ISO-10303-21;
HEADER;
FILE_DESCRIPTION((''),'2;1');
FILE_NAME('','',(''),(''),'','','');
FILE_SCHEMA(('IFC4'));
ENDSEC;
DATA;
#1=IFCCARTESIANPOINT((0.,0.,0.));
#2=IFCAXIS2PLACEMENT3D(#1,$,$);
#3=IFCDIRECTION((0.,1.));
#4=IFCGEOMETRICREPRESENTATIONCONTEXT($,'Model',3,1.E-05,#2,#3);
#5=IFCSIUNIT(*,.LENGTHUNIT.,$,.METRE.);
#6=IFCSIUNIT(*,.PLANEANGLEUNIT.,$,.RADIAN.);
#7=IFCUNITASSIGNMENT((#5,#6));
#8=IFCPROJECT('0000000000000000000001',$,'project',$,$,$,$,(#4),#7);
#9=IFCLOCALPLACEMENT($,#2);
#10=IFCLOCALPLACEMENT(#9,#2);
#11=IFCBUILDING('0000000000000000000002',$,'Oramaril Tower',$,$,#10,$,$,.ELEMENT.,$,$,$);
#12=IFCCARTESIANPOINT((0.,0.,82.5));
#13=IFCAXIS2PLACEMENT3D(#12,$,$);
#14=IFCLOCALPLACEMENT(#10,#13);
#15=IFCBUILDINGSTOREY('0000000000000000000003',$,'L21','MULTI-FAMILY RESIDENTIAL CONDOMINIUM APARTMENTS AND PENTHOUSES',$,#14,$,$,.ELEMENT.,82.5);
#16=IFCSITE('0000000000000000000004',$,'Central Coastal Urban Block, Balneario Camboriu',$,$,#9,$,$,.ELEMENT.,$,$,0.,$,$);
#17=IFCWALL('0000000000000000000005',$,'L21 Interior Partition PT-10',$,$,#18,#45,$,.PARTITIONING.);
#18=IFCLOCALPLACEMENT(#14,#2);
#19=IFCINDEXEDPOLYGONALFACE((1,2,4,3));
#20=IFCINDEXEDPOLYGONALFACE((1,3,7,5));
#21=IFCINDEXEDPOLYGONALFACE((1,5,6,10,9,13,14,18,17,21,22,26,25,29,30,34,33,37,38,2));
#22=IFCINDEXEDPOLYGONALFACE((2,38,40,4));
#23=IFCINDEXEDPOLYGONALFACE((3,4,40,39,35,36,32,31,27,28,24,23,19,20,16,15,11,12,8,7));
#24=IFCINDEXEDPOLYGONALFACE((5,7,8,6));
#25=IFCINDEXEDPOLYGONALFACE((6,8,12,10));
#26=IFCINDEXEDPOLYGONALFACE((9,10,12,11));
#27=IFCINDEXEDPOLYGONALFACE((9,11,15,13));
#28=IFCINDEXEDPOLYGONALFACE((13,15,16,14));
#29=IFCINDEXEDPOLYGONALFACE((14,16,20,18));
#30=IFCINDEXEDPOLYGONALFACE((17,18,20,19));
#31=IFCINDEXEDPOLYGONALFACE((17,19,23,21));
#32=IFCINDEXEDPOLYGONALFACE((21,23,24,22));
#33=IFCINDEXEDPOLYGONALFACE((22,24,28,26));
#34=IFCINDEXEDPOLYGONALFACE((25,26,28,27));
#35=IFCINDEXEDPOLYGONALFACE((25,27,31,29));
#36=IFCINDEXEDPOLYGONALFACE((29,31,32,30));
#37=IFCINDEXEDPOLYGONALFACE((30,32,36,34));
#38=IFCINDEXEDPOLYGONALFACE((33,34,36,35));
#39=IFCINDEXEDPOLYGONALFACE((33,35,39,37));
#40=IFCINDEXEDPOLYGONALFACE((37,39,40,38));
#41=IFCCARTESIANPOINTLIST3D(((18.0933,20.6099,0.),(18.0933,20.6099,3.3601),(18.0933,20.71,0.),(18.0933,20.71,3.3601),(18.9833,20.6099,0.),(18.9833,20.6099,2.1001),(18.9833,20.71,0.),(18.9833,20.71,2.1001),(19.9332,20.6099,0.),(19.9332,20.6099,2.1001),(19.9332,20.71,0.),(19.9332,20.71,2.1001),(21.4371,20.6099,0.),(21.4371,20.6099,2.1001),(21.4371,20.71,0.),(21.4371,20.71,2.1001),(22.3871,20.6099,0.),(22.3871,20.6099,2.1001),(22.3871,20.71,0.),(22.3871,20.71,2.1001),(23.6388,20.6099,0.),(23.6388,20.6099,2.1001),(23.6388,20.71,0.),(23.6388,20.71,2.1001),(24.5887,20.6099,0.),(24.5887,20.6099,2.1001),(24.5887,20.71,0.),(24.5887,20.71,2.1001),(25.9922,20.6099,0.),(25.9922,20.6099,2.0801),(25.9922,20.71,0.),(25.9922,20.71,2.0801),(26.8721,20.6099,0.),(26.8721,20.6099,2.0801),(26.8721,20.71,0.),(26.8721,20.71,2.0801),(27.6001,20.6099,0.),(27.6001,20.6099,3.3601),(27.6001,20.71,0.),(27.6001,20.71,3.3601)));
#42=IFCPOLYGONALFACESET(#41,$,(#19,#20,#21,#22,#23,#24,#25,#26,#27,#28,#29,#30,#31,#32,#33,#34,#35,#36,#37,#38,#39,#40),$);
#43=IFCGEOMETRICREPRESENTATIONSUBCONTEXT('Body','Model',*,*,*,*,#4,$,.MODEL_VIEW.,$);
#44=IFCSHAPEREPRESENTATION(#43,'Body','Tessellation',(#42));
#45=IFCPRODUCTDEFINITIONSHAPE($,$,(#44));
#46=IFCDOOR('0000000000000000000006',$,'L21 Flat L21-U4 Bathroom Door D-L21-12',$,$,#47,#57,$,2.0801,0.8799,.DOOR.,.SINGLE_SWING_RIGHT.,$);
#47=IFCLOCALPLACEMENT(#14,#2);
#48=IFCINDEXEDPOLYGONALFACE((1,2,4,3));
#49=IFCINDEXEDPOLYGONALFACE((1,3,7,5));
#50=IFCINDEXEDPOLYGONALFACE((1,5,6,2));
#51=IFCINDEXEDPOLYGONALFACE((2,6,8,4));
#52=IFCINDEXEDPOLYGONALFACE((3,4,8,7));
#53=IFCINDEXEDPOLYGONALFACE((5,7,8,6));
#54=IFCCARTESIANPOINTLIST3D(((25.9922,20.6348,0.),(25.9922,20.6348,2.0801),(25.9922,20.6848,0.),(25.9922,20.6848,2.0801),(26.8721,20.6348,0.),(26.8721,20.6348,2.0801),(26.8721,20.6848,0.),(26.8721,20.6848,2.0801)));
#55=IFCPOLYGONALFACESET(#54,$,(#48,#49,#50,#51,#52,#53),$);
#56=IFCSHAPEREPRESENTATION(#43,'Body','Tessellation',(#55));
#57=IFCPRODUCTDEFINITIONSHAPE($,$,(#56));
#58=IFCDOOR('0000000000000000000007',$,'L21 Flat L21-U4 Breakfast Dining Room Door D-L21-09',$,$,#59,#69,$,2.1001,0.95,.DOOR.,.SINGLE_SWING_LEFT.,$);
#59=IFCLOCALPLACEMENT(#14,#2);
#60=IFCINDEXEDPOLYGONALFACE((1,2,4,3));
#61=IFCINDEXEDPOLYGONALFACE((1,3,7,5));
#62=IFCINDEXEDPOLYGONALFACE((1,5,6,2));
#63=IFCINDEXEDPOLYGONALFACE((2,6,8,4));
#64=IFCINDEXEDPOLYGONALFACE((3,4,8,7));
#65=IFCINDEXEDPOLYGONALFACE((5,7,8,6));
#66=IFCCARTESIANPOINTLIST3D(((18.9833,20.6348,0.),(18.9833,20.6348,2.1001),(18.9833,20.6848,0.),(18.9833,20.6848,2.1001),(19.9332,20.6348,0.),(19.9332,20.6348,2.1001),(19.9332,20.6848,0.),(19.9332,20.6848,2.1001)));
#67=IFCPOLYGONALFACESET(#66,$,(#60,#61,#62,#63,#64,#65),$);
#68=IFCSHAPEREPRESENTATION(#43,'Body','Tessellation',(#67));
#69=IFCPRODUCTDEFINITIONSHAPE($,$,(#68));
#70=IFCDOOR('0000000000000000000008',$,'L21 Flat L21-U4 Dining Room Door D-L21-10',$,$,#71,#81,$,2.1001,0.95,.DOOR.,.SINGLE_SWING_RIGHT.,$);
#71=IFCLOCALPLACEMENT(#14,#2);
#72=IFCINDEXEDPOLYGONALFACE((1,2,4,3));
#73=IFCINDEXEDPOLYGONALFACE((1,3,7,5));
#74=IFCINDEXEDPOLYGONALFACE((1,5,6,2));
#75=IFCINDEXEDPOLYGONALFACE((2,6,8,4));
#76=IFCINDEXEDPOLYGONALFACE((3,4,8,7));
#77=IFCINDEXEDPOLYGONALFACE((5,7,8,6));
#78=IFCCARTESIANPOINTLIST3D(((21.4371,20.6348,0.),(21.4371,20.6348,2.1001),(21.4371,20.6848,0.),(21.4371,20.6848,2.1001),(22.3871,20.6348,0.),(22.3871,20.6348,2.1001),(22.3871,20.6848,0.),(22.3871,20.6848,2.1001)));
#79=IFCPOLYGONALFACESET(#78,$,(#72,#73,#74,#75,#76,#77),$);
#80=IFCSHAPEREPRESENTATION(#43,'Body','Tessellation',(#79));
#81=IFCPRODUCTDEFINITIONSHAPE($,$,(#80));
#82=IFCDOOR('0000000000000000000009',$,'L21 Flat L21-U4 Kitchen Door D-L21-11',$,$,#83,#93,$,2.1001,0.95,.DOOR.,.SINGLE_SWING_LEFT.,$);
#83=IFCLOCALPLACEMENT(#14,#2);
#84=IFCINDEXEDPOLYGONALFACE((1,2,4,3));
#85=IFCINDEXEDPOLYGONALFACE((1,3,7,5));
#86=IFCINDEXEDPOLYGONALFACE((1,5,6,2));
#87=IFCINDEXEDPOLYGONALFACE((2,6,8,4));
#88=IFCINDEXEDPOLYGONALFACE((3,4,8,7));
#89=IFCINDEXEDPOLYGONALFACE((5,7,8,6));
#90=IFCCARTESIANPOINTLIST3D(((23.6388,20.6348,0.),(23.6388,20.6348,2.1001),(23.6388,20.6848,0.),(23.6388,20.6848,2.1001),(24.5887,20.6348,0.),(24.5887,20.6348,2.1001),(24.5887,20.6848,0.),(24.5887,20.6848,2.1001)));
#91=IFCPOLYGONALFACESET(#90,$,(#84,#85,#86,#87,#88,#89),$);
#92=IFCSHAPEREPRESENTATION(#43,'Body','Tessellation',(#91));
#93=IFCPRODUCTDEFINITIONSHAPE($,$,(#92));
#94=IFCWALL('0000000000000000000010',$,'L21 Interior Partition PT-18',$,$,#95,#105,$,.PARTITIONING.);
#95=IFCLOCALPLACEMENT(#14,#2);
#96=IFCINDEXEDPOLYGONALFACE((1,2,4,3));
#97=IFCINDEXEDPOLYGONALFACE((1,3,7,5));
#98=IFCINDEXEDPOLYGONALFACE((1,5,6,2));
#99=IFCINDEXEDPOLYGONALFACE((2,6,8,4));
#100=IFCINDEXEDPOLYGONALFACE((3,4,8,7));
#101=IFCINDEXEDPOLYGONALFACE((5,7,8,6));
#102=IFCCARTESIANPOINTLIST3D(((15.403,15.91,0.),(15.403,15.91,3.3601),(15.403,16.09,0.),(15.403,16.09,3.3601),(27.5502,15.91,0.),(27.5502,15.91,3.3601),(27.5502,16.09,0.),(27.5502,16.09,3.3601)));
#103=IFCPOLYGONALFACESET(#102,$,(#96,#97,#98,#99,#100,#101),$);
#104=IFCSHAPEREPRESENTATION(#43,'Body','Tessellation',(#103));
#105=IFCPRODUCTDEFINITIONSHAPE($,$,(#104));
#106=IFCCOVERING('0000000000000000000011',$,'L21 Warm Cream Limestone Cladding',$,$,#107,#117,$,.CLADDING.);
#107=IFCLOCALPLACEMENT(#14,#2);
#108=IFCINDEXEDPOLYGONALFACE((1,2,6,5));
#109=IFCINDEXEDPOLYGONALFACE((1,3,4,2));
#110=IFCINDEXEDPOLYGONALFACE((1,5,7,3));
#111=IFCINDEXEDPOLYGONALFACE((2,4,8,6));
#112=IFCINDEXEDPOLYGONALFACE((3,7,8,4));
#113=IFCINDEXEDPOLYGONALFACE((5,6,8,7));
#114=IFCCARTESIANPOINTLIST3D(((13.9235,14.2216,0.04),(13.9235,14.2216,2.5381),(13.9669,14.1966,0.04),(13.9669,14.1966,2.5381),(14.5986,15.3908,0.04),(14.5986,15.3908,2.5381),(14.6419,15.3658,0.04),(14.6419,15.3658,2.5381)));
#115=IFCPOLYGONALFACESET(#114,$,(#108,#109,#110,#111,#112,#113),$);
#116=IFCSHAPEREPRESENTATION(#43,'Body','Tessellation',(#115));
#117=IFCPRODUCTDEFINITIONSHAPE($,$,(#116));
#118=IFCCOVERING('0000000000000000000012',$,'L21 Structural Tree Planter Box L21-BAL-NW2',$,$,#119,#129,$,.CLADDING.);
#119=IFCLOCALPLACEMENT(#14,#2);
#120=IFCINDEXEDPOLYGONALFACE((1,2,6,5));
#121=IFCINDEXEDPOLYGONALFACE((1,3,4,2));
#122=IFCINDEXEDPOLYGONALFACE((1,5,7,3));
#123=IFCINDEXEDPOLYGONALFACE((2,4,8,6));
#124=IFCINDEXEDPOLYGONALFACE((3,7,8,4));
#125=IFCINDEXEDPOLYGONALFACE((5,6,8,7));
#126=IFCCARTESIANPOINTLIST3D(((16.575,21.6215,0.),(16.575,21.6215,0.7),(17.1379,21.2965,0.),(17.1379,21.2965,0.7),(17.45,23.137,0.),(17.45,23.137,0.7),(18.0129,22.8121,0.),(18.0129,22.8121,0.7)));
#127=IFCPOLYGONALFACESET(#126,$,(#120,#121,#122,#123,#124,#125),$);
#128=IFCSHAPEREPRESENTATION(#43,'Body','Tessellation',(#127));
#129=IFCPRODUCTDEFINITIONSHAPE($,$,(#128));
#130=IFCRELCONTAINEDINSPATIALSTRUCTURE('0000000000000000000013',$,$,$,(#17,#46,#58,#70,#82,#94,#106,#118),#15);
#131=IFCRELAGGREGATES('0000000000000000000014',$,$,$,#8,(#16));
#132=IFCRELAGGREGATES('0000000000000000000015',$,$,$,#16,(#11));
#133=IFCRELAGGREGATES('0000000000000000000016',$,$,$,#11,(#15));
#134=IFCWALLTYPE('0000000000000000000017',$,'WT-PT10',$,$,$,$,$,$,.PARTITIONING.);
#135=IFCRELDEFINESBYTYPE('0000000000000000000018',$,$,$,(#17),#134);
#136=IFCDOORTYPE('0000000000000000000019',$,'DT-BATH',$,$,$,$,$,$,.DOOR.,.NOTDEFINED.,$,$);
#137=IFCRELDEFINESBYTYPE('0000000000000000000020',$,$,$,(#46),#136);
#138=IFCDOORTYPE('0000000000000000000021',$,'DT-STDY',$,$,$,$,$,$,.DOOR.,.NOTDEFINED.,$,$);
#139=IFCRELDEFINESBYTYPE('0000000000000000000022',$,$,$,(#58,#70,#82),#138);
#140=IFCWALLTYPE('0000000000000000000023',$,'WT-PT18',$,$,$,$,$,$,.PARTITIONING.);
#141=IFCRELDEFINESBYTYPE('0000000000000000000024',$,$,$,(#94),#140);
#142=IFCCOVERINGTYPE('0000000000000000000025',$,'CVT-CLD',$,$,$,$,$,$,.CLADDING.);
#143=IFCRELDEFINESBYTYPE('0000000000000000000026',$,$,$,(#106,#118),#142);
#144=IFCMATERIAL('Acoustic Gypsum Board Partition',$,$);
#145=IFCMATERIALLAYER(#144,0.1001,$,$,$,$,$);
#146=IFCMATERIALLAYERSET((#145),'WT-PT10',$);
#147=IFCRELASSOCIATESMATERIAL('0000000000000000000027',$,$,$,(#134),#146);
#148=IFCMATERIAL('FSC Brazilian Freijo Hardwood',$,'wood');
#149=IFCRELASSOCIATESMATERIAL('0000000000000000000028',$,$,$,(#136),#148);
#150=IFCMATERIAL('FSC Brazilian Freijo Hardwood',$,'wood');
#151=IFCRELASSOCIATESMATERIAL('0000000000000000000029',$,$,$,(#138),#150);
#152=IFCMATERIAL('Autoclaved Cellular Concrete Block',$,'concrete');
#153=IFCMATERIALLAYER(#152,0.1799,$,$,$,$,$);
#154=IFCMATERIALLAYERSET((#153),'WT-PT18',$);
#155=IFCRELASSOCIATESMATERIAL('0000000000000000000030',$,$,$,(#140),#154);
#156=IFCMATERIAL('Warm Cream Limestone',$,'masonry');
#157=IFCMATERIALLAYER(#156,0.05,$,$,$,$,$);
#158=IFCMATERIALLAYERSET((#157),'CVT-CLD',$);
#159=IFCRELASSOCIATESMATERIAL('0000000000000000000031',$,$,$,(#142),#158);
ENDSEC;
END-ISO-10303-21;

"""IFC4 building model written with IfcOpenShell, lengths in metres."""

from ifc_helpers import new_model, si_unit, direction, frame, frame_2d, origin, origin_2d, place, context, subcontext, project, spatial, rectangle, extrude, material, layer, layer_set, type_object, element, fill, save


model = new_model("IFC4")

# Units and contexts
model_context = context("Model", 3, precision=1e-05, world=origin(), true_north=direction((0.0, 1.0)))
body_context = subcontext(model_context, "Body", "Model", "MODEL_VIEW")
ifc_project = project(units=[si_unit("LENGTHUNIT", "METRE"), si_unit("PLANEANGLEUNIT", "RADIAN")], contexts=[model_context])

# Site, building, storey
site_placement = place(None, origin())
site = spatial("IfcSite", under=ifc_project, at=site_placement, Name="Central Coastal Urban Block, Balneario Camboriu", CompositionType="ELEMENT", RefElevation=0.0)
building_placement = place(site_placement, origin())
building = spatial("IfcBuilding", under=site, at=building_placement, Name="Oramaril Tower", CompositionType="ELEMENT")
storey_placement = place(building_placement, frame((0.0, 0.0, 82.5)))
storey = spatial("IfcBuildingStorey", under=building, at=storey_placement, Name="L21", Description="MULTI-FAMILY RESIDENTIAL CONDOMINIUM APARTMENTS AND PENTHOUSES", CompositionType="ELEMENT", Elevation=82.5)

# Wall, openings, doors
ifc_material_1 = material(Name="Acoustic Gypsum Board Partition")
ifc_layer_1 = layer(ifc_material_1, 0.1001)
ifc_layer_set_1 = layer_set([ifc_layer_1], Name="WT-PT10")
wall_type_1 = type_object("IfcWallType", Name="WT-PT10", PredefinedType="PARTITIONING", material=ifc_layer_set_1)
wall_1_placement = place(storey_placement, frame((18.0933, 20.6599, 0.0), z_axis=(0.0, 0.0, 1.0), x_axis=(1.0, 0.0, 0.0)))
wall_1 = element("IfcWall", 1, at=wall_1_placement, inside=storey, type_object=wall_type_1, Name="L21 Interior Partition PT-10", PredefinedType="PARTITIONING", context=body_context, shape_type="SweptSolid", body=[
    extrude(rectangle(XDim=9.5068, YDim=0.1001, at=frame_2d((4.7534, 0.0))), origin(), (0.0, 0.0, 1.0), 3.3601),
])
opening_1_placement = place(wall_1_placement, frame((0.8899, 0.0, 0.0)))
opening_1 = element("IfcOpeningElement", 2, at=opening_1_placement, cuts=wall_1, PredefinedType="OPENING", context=body_context, shape_type="SweptSolid", body=[
    extrude(rectangle(XDim=0.95, YDim=2.1001, at=frame_2d((0.4751, 1.05))), frame((0.0, 0.05, 0.0), z_axis=(0.0, -1.0, 0.0), x_axis=(1.0, 0.0, 0.0)), (0.0, 0.0, 1.0), 0.1001),
])
opening_2_placement = place(wall_1_placement, frame((3.3438, 0.0, 0.0)))
opening_2 = element("IfcOpeningElement", 3, at=opening_2_placement, cuts=wall_1, PredefinedType="OPENING", context=body_context, shape_type="SweptSolid", body=[
    extrude(rectangle(XDim=0.95, YDim=2.1001, at=frame_2d((0.4751, 1.05))), frame((0.0, 0.05, 0.0), z_axis=(0.0, -1.0, 0.0), x_axis=(1.0, 0.0, 0.0)), (0.0, 0.0, 1.0), 0.1001),
])
opening_3_placement = place(wall_1_placement, frame((5.5454, 0.0, 0.0)))
opening_3 = element("IfcOpeningElement", 4, at=opening_3_placement, cuts=wall_1, PredefinedType="OPENING", context=body_context, shape_type="SweptSolid", body=[
    extrude(rectangle(XDim=0.95, YDim=2.1001, at=frame_2d((0.4751, 1.05))), frame((0.0, 0.05, 0.0), z_axis=(0.0, -1.0, 0.0), x_axis=(1.0, 0.0, 0.0)), (0.0, 0.0, 1.0), 0.1001),
])
opening_4_placement = place(wall_1_placement, frame((7.8989, 0.0, 0.0)))
opening_4 = element("IfcOpeningElement", 5, at=opening_4_placement, cuts=wall_1, PredefinedType="OPENING", context=body_context, shape_type="SweptSolid", body=[
    extrude(rectangle(XDim=0.8799, YDim=2.0801, at=frame_2d((0.4399, 1.04))), frame((0.0, 0.05, 0.0), z_axis=(0.0, -1.0, 0.0), x_axis=(1.0, 0.0, 0.0)), (0.0, 0.0, 1.0), 0.1001),
])
ifc_material_2 = material(Name="FSC Brazilian Freijo Hardwood", Category="wood")
door_type_1 = type_object("IfcDoorType", Name="DT-BATH", OperationType="NOTDEFINED", PredefinedType="DOOR", material=ifc_material_2)
door_1_placement = place(opening_4_placement, origin())
door_1 = element("IfcDoor", 6, at=door_1_placement, inside=storey, type_object=door_type_1, Name="L21 Flat L21-U4 Bathroom Door D-L21-12", OperationType="SINGLE_SWING_RIGHT", OverallHeight=2.0801, OverallWidth=0.8799, PredefinedType="DOOR", context=body_context, shape_type="SweptSolid", body=[
    extrude(rectangle(XDim=0.8799, YDim=2.0801, at=frame_2d((0.4399, 1.04))), frame((0.0, 0.0249, 0.0), z_axis=(0.0, -1.0, 0.0), x_axis=(1.0, 0.0, 0.0)), (0.0, 0.0, 1.0), 0.05),
])
fill(opening_4, door_1)
ifc_material_3 = material(Name="FSC Brazilian Freijo Hardwood", Category="wood")
door_type_2 = type_object("IfcDoorType", Name="DT-STDY", OperationType="NOTDEFINED", PredefinedType="DOOR", material=ifc_material_3)
door_2_placement = place(opening_1_placement, origin())
door_2 = element("IfcDoor", 7, at=door_2_placement, inside=storey, type_object=door_type_2, Name="L21 Flat L21-U4 Breakfast Dining Room Door D-L21-09", OperationType="SINGLE_SWING_LEFT", OverallHeight=2.1001, OverallWidth=0.95, PredefinedType="DOOR", context=body_context, shape_type="SweptSolid", body=[
    extrude(rectangle(XDim=0.95, YDim=2.1001, at=frame_2d((0.4751, 1.05))), frame((0.0, 0.0249, 0.0), z_axis=(0.0, -1.0, 0.0), x_axis=(1.0, 0.0, 0.0)), (0.0, 0.0, 1.0), 0.05),
])
fill(opening_1, door_2)
door_3_placement = place(opening_2_placement, origin())
door_3 = element("IfcDoor", 8, at=door_3_placement, inside=storey, type_object=door_type_2, Name="L21 Flat L21-U4 Dining Room Door D-L21-10", OperationType="SINGLE_SWING_RIGHT", OverallHeight=2.1001, OverallWidth=0.95, PredefinedType="DOOR", context=body_context, shape_type="SweptSolid", body=[
    extrude(rectangle(XDim=0.95, YDim=2.1001, at=frame_2d((0.4751, 1.05))), frame((0.0, 0.0249, 0.0), z_axis=(0.0, -1.0, 0.0), x_axis=(1.0, 0.0, 0.0)), (0.0, 0.0, 1.0), 0.05),
])
fill(opening_2, door_3)
door_4_placement = place(opening_3_placement, origin())
door_4 = element("IfcDoor", 9, at=door_4_placement, inside=storey, type_object=door_type_2, Name="L21 Flat L21-U4 Kitchen Door D-L21-11", OperationType="SINGLE_SWING_LEFT", OverallHeight=2.1001, OverallWidth=0.95, PredefinedType="DOOR", context=body_context, shape_type="SweptSolid", body=[
    extrude(rectangle(XDim=0.95, YDim=2.1001, at=frame_2d((0.4751, 1.05))), frame((0.0, 0.0249, 0.0), z_axis=(0.0, -1.0, 0.0), x_axis=(1.0, 0.0, 0.0)), (0.0, 0.0, 1.0), 0.05),
])
fill(opening_3, door_4)

# Wall
ifc_material_4 = material(Name="Autoclaved Cellular Concrete Block", Category="concrete")
ifc_layer_2 = layer(ifc_material_4, 0.1799)
ifc_layer_set_2 = layer_set([ifc_layer_2], Name="WT-PT18")
wall_type_2 = type_object("IfcWallType", Name="WT-PT18", PredefinedType="PARTITIONING", material=ifc_layer_set_2)
wall_2_placement = place(storey_placement, frame((15.4028, 16.0, 0.0), z_axis=(0.0, 0.0, 1.0), x_axis=(1.0, 0.0, 0.0)))
element("IfcWall", 10, at=wall_2_placement, inside=storey, type_object=wall_type_2, Name="L21 Interior Partition PT-18", PredefinedType="PARTITIONING", context=body_context, shape_type="SweptSolid", body=[
    extrude(rectangle(XDim=12.1472, YDim=0.1799, at=frame_2d((6.0737, 0.0))), origin(), (0.0, 0.0, 1.0), 3.3601),
])

# Coverings
ifc_material_5 = material(Name="Warm Cream Limestone", Category="masonry")
ifc_layer_3 = layer(ifc_material_5, 0.05)
ifc_layer_set_3 = layer_set([ifc_layer_3], Name="CVT-CLD")
covering_type = type_object("IfcCoveringType", Name="CVT-CLD", PredefinedType="CLADDING", material=ifc_layer_set_3)
covering_1_placement = place(storey_placement, frame((14.2827, 14.7937, 0.04), z_axis=(0.0, 0.0, 1.0), x_axis=(-0.5, -0.866025, 0.0)))
element("IfcCovering", 11, at=covering_1_placement, inside=storey, type_object=covering_type, Name="L21 Warm Cream Limestone Cladding", PredefinedType="CLADDING", context=body_context, shape_type="SweptSolid", body=[
    extrude(rectangle(XDim=1.3501, YDim=0.05, at=origin_2d()), origin(), (0.0, 0.0, 1.0), 2.498),
])
covering_2_placement = place(storey_placement, frame((17.2939, 22.2168, 0.0), z_axis=(0.0, 0.0, 1.0), x_axis=(-0.500002, -0.866025, 0.0)))
element("IfcCovering", 12, at=covering_2_placement, inside=storey, type_object=covering_type, Name="L21 Structural Tree Planter Box L21-BAL-NW2", PredefinedType="CLADDING", context=body_context, shape_type="SweptSolid", body=[
    extrude(rectangle(XDim=1.75, YDim=0.6499, at=origin_2d()), origin(), (0.0, 0.0, 1.0), 0.7),
])

save(model, "model.ifc")
